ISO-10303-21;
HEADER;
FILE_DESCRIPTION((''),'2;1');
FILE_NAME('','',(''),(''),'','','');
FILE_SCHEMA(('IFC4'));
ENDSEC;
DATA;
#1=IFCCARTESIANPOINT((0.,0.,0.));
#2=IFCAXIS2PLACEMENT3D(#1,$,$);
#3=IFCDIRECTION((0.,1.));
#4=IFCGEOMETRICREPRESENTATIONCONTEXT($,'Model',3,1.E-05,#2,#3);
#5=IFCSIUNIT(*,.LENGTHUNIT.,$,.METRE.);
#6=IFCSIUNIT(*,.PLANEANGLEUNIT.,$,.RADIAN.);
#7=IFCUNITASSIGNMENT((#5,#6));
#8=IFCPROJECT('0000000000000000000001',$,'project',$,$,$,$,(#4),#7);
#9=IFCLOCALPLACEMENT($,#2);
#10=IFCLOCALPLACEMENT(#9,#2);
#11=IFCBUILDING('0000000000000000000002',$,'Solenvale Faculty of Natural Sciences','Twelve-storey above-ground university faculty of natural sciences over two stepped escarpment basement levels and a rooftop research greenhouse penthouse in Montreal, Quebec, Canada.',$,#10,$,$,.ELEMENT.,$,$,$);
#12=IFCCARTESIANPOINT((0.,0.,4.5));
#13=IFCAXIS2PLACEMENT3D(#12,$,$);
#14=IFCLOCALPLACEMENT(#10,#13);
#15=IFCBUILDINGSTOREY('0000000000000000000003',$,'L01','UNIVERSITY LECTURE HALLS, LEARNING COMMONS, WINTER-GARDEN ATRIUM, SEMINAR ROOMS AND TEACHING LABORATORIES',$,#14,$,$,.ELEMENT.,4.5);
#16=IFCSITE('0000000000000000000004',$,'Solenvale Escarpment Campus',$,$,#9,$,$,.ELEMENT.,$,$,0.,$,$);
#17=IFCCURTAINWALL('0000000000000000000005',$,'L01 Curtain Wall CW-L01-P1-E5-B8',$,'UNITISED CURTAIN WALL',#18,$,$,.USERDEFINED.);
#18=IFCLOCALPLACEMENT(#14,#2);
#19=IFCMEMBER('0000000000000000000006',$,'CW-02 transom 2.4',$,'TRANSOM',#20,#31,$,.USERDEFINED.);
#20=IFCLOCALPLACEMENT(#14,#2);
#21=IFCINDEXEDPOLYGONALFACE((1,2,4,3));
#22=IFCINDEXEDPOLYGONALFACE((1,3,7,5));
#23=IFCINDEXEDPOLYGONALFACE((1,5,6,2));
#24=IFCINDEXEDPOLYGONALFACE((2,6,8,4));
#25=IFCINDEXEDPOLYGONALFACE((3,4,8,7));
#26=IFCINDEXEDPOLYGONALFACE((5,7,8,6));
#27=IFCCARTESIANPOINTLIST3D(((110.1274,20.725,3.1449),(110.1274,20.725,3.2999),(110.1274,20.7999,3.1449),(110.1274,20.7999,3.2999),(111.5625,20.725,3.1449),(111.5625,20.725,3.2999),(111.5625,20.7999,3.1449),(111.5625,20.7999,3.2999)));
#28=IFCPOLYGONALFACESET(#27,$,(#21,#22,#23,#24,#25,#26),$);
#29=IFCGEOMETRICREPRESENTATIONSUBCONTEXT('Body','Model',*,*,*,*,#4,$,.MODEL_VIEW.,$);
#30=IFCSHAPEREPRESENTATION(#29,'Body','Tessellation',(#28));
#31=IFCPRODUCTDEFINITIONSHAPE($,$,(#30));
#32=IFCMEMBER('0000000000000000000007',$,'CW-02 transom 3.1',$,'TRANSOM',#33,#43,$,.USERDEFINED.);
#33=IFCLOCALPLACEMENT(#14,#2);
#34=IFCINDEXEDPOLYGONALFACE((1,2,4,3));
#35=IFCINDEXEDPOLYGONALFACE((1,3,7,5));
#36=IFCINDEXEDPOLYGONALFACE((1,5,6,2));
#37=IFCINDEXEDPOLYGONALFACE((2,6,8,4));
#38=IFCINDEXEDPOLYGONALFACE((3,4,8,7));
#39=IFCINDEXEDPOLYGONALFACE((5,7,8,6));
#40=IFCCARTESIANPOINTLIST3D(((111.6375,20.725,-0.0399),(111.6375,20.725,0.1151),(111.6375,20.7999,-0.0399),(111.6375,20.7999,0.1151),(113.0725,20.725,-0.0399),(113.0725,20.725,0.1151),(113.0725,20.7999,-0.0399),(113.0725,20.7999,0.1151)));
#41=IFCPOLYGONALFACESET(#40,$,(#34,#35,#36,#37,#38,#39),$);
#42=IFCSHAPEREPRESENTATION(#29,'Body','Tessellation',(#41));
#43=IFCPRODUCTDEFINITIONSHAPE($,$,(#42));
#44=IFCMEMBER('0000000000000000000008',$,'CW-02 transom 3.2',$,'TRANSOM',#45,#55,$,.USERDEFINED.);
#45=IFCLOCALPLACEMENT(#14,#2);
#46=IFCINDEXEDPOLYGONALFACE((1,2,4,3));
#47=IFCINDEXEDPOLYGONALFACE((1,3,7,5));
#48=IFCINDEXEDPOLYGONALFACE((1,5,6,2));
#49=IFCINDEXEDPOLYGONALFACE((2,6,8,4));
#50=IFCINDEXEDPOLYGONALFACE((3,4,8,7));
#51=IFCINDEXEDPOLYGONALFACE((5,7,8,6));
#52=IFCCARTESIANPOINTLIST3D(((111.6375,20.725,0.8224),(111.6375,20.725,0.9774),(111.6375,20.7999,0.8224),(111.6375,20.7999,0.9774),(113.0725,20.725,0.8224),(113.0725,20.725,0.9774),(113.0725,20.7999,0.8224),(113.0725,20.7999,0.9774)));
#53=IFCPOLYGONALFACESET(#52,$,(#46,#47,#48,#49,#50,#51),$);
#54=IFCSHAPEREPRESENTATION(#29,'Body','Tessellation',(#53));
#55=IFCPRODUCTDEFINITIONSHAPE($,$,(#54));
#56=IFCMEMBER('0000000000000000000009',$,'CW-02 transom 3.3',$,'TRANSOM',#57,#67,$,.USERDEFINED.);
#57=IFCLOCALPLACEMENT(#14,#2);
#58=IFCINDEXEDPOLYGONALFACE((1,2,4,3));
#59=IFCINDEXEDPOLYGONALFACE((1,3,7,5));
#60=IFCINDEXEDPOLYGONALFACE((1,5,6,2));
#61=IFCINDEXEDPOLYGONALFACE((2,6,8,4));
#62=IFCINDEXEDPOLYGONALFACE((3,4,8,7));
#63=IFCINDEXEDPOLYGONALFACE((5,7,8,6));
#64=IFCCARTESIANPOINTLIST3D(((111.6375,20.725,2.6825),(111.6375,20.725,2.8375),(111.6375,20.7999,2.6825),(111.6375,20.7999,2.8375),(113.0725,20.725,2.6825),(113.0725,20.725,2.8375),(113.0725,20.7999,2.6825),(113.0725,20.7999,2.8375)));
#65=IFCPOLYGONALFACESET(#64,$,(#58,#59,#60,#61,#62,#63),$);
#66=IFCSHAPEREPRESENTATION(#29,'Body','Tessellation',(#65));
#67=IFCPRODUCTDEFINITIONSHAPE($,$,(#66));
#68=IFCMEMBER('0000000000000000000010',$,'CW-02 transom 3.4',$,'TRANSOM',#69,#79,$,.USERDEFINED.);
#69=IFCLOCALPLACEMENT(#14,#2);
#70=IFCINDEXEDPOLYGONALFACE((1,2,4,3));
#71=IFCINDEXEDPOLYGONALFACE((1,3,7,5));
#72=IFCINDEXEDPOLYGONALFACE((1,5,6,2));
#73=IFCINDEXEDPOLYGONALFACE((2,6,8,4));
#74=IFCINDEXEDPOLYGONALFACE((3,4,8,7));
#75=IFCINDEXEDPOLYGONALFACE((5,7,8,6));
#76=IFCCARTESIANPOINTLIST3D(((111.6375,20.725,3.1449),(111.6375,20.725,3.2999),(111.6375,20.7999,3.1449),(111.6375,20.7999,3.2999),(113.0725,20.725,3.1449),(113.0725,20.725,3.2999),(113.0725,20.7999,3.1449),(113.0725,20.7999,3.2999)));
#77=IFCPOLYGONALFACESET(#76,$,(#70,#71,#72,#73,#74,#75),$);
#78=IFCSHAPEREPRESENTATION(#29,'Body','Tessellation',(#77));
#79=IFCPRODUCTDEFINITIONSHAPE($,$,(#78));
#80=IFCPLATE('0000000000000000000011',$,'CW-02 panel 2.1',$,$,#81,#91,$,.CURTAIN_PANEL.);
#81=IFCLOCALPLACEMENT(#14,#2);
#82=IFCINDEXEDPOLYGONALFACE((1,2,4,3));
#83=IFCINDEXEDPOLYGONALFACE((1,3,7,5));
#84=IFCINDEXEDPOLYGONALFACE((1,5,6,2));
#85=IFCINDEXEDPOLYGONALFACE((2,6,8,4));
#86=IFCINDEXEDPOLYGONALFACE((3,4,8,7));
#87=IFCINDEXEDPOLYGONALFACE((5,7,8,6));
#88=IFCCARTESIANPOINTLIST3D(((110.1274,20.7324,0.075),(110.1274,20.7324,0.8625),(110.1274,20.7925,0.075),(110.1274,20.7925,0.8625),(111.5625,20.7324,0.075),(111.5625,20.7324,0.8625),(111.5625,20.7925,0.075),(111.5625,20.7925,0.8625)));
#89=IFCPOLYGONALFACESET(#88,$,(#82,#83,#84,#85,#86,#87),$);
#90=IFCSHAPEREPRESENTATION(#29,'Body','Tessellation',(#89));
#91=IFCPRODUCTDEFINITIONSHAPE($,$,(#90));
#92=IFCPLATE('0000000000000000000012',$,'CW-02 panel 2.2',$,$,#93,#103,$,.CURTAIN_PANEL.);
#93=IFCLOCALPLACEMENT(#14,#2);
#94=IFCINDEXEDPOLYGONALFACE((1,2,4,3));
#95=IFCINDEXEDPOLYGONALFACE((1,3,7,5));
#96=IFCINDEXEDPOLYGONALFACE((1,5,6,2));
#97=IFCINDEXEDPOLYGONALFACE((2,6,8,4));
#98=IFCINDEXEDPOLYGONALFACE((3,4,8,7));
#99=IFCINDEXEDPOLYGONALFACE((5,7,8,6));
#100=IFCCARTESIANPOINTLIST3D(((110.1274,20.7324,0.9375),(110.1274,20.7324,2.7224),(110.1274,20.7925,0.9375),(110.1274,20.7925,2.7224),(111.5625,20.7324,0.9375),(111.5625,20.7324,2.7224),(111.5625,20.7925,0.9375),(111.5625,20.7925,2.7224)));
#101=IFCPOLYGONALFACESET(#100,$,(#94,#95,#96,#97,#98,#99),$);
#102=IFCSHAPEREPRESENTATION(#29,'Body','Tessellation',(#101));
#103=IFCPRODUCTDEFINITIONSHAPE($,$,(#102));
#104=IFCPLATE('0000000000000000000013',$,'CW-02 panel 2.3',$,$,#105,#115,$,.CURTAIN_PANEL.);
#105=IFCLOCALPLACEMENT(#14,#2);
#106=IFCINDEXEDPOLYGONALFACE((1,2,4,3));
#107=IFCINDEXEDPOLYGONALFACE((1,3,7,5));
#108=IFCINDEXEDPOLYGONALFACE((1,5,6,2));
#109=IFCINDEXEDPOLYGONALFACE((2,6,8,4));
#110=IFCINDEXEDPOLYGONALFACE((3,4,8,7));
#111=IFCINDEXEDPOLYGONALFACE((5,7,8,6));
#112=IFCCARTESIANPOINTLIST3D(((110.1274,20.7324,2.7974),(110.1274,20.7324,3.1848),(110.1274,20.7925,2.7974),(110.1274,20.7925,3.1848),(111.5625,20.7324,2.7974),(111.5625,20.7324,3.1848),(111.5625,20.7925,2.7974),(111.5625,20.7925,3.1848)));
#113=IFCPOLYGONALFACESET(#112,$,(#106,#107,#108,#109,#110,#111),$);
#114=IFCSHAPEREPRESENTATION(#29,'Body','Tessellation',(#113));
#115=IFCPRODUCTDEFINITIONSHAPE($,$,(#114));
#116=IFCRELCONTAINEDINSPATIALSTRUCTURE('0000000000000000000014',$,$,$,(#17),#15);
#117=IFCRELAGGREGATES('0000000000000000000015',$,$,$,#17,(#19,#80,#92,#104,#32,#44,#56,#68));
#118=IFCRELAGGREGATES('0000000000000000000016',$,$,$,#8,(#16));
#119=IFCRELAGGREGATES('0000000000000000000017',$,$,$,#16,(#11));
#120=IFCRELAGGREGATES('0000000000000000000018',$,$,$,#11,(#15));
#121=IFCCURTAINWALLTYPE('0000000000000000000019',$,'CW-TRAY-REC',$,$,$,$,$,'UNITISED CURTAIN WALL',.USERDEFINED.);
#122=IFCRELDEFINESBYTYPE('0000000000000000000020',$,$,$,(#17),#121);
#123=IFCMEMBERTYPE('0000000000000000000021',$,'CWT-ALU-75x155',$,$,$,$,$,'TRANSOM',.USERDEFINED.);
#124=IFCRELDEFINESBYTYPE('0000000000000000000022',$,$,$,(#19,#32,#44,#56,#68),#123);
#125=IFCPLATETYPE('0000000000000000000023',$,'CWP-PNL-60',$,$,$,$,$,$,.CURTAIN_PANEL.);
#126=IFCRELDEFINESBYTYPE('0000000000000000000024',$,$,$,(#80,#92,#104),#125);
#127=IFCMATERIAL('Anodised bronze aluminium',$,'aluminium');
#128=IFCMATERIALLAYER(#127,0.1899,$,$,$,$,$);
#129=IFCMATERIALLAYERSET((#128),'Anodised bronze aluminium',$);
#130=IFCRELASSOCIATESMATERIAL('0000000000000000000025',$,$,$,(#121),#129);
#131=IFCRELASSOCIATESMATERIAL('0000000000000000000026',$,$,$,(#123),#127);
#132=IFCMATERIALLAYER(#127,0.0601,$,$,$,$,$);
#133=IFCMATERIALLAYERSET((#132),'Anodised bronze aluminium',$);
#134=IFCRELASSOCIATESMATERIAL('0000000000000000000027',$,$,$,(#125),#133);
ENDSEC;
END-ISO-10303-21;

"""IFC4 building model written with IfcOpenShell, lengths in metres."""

from ifc_helpers import new_model, si_unit, direction, frame, origin, origin_2d, place, context, subcontext, project, spatial, rectangle, extrude, material, layer, layer_set, material_profile, profile_set, type_object, element, aggregate, save


model = new_model("IFC4")

# Units and contexts
model_context = context("Model", 3, precision=1e-05, world=origin(), true_north=direction((0.0, 1.0)))
body_context = subcontext(model_context, "Body", "Model", "MODEL_VIEW")
ifc_project = project(units=[si_unit("LENGTHUNIT", "METRE"), si_unit("PLANEANGLEUNIT", "RADIAN")], contexts=[model_context])

# Site, building, storey
site_placement = place(None, origin())
site = spatial("IfcSite", under=ifc_project, at=site_placement, Name="Solenvale Escarpment Campus", CompositionType="ELEMENT", RefElevation=0.0)
building_placement = place(site_placement, origin())
building = spatial("IfcBuilding", under=site, at=building_placement, Name="Solenvale Faculty of Natural Sciences", Description="Twelve-storey above-ground university faculty of natural sciences over two stepped escarpment basement levels and a rooftop research greenhouse penthouse in Montreal, Quebec, Canada.", CompositionType="ELEMENT")
storey_placement = place(building_placement, frame((0.0, 0.0, 4.5)))
storey = spatial("IfcBuildingStorey", under=building, at=storey_placement, Name="L01", Description="UNIVERSITY LECTURE HALLS, LEARNING COMMONS, WINTER-GARDEN ATRIUM, SEMINAR ROOMS AND TEACHING LABORATORIES", CompositionType="ELEMENT", Elevation=4.5)

# Curtain wall, members, plates
ifc_material_1 = material(Name="Anodised bronze aluminium", Category="aluminium")
ifc_layer_1 = layer(ifc_material_1, 0.1899)
ifc_layer_set_1 = layer_set([ifc_layer_1], Name="Anodised bronze aluminium")
curtain_wall_type = type_object("IfcCurtainWallType", Name="CW-TRAY-REC", ElementType="UNITISED CURTAIN WALL", PredefinedType="USERDEFINED", material=ifc_layer_set_1)
curtain_wall_placement = place(storey_placement, origin())
curtain_wall = element("IfcCurtainWall", 1, at=curtain_wall_placement, inside=storey, type_object=curtain_wall_type, Name="L01 Curtain Wall CW-L01-P1-E5-B8", ObjectType="UNITISED CURTAIN WALL", PredefinedType="USERDEFINED")
ifc_material_profile_1 = material_profile(ifc_material_1, rectangle(XDim=0.075, YDim=0.155, at=origin_2d()), Name="ALU-TRN-75x155")
ifc_profile_set_1 = profile_set([ifc_material_profile_1], Name="Anodised bronze aluminium")
member_type_1 = type_object("IfcMemberType", Name="CWT-ALU-75x155", ElementType="TRANSOM", PredefinedType="USERDEFINED", material=ifc_profile_set_1)
member_1_placement = place(storey_placement, frame((110.1274, 20.7625, 3.2224), z_axis=(1.0, 0.0, 0.0), x_axis=(0.0, 1.0, 0.0)))
member_1 = element("IfcMember", 2, at=member_1_placement, type_object=member_type_1, Name="CW-02 transom 2.4", ObjectType="TRANSOM", PredefinedType="USERDEFINED", context=body_context, shape_type="SweptSolid", body=[
    extrude(rectangle(XDim=0.075, YDim=0.155, at=origin_2d()), origin(), (0.0, 0.0, 1.0), 1.4351),
])
member_2_placement = place(storey_placement, frame((111.6375, 20.7625, 0.0376), z_axis=(1.0, 0.0, 0.0), x_axis=(0.0, 1.0, 0.0)))
member_2 = element("IfcMember", 3, at=member_2_placement, type_object=member_type_1, Name="CW-02 transom 3.1", ObjectType="TRANSOM", PredefinedType="USERDEFINED", context=body_context, shape_type="SweptSolid", body=[
    extrude(rectangle(XDim=0.075, YDim=0.155, at=origin_2d()), origin(), (0.0, 0.0, 1.0), 1.4351),
])
member_3_placement = place(storey_placement, frame((111.6375, 20.7625, 0.8999), z_axis=(1.0, 0.0, 0.0), x_axis=(0.0, 1.0, 0.0)))
member_3 = element("IfcMember", 4, at=member_3_placement, type_object=member_type_1, Name="CW-02 transom 3.2", ObjectType="TRANSOM", PredefinedType="USERDEFINED", context=body_context, shape_type="SweptSolid", body=[
    extrude(rectangle(XDim=0.075, YDim=0.155, at=origin_2d()), origin(), (0.0, 0.0, 1.0), 1.4351),
])
member_4_placement = place(storey_placement, frame((111.6375, 20.7625, 2.76), z_axis=(1.0, 0.0, 0.0), x_axis=(0.0, 1.0, 0.0)))
member_4 = element("IfcMember", 5, at=member_4_placement, type_object=member_type_1, Name="CW-02 transom 3.3", ObjectType="TRANSOM", PredefinedType="USERDEFINED", context=body_context, shape_type="SweptSolid", body=[
    extrude(rectangle(XDim=0.075, YDim=0.155, at=origin_2d()), origin(), (0.0, 0.0, 1.0), 1.4351),
])
member_5_placement = place(storey_placement, frame((111.6375, 20.7625, 3.2224), z_axis=(1.0, 0.0, 0.0), x_axis=(0.0, 1.0, 0.0)))
member_5 = element("IfcMember", 6, at=member_5_placement, type_object=member_type_1, Name="CW-02 transom 3.4", ObjectType="TRANSOM", PredefinedType="USERDEFINED", context=body_context, shape_type="SweptSolid", body=[
    extrude(rectangle(XDim=0.075, YDim=0.155, at=origin_2d()), origin(), (0.0, 0.0, 1.0), 1.4351),
])
ifc_layer_2 = layer(ifc_material_1, 0.0601)
ifc_layer_set_2 = layer_set([ifc_layer_2], Name="Anodised bronze aluminium")
plate_type = type_object("IfcPlateType", Name="CWP-PNL-60", PredefinedType="CURTAIN_PANEL", material=ifc_layer_set_2)
plate_1_placement = place(storey_placement, frame((110.845, 20.7625, 0.075), z_axis=(0.0, 0.0, 1.0), x_axis=(1.0, 0.0, 0.0)))
plate_1 = element("IfcPlate", 7, at=plate_1_placement, type_object=plate_type, Name="CW-02 panel 2.1", PredefinedType="CURTAIN_PANEL", context=body_context, shape_type="SweptSolid", body=[
    extrude(rectangle(XDim=1.4351, YDim=0.0601, at=origin_2d()), origin(), (0.0, 0.0, 1.0), 0.7876),
])
plate_2_placement = place(storey_placement, frame((110.845, 20.7625, 0.9375), z_axis=(0.0, 0.0, 1.0), x_axis=(1.0, 0.0, 0.0)))
plate_2 = element("IfcPlate", 8, at=plate_2_placement, type_object=plate_type, Name="CW-02 panel 2.2", PredefinedType="CURTAIN_PANEL", context=body_context, shape_type="SweptSolid", body=[
    extrude(rectangle(XDim=1.4351, YDim=0.0601, at=origin_2d()), origin(), (0.0, 0.0, 1.0), 1.7849),
])
plate_3_placement = place(storey_placement, frame((110.845, 20.7625, 2.7974), z_axis=(0.0, 0.0, 1.0), x_axis=(1.0, 0.0, 0.0)))
plate_3 = element("IfcPlate", 9, at=plate_3_placement, type_object=plate_type, Name="CW-02 panel 2.3", PredefinedType="CURTAIN_PANEL", context=body_context, shape_type="SweptSolid", body=[
    extrude(rectangle(XDim=1.4351, YDim=0.0601, at=origin_2d()), origin(), (0.0, 0.0, 1.0), 0.3875),
])
aggregate(curtain_wall, [member_1, plate_1, plate_2, plate_3, member_2, member_3, member_4, member_5])

save(model, "model.ifc")
